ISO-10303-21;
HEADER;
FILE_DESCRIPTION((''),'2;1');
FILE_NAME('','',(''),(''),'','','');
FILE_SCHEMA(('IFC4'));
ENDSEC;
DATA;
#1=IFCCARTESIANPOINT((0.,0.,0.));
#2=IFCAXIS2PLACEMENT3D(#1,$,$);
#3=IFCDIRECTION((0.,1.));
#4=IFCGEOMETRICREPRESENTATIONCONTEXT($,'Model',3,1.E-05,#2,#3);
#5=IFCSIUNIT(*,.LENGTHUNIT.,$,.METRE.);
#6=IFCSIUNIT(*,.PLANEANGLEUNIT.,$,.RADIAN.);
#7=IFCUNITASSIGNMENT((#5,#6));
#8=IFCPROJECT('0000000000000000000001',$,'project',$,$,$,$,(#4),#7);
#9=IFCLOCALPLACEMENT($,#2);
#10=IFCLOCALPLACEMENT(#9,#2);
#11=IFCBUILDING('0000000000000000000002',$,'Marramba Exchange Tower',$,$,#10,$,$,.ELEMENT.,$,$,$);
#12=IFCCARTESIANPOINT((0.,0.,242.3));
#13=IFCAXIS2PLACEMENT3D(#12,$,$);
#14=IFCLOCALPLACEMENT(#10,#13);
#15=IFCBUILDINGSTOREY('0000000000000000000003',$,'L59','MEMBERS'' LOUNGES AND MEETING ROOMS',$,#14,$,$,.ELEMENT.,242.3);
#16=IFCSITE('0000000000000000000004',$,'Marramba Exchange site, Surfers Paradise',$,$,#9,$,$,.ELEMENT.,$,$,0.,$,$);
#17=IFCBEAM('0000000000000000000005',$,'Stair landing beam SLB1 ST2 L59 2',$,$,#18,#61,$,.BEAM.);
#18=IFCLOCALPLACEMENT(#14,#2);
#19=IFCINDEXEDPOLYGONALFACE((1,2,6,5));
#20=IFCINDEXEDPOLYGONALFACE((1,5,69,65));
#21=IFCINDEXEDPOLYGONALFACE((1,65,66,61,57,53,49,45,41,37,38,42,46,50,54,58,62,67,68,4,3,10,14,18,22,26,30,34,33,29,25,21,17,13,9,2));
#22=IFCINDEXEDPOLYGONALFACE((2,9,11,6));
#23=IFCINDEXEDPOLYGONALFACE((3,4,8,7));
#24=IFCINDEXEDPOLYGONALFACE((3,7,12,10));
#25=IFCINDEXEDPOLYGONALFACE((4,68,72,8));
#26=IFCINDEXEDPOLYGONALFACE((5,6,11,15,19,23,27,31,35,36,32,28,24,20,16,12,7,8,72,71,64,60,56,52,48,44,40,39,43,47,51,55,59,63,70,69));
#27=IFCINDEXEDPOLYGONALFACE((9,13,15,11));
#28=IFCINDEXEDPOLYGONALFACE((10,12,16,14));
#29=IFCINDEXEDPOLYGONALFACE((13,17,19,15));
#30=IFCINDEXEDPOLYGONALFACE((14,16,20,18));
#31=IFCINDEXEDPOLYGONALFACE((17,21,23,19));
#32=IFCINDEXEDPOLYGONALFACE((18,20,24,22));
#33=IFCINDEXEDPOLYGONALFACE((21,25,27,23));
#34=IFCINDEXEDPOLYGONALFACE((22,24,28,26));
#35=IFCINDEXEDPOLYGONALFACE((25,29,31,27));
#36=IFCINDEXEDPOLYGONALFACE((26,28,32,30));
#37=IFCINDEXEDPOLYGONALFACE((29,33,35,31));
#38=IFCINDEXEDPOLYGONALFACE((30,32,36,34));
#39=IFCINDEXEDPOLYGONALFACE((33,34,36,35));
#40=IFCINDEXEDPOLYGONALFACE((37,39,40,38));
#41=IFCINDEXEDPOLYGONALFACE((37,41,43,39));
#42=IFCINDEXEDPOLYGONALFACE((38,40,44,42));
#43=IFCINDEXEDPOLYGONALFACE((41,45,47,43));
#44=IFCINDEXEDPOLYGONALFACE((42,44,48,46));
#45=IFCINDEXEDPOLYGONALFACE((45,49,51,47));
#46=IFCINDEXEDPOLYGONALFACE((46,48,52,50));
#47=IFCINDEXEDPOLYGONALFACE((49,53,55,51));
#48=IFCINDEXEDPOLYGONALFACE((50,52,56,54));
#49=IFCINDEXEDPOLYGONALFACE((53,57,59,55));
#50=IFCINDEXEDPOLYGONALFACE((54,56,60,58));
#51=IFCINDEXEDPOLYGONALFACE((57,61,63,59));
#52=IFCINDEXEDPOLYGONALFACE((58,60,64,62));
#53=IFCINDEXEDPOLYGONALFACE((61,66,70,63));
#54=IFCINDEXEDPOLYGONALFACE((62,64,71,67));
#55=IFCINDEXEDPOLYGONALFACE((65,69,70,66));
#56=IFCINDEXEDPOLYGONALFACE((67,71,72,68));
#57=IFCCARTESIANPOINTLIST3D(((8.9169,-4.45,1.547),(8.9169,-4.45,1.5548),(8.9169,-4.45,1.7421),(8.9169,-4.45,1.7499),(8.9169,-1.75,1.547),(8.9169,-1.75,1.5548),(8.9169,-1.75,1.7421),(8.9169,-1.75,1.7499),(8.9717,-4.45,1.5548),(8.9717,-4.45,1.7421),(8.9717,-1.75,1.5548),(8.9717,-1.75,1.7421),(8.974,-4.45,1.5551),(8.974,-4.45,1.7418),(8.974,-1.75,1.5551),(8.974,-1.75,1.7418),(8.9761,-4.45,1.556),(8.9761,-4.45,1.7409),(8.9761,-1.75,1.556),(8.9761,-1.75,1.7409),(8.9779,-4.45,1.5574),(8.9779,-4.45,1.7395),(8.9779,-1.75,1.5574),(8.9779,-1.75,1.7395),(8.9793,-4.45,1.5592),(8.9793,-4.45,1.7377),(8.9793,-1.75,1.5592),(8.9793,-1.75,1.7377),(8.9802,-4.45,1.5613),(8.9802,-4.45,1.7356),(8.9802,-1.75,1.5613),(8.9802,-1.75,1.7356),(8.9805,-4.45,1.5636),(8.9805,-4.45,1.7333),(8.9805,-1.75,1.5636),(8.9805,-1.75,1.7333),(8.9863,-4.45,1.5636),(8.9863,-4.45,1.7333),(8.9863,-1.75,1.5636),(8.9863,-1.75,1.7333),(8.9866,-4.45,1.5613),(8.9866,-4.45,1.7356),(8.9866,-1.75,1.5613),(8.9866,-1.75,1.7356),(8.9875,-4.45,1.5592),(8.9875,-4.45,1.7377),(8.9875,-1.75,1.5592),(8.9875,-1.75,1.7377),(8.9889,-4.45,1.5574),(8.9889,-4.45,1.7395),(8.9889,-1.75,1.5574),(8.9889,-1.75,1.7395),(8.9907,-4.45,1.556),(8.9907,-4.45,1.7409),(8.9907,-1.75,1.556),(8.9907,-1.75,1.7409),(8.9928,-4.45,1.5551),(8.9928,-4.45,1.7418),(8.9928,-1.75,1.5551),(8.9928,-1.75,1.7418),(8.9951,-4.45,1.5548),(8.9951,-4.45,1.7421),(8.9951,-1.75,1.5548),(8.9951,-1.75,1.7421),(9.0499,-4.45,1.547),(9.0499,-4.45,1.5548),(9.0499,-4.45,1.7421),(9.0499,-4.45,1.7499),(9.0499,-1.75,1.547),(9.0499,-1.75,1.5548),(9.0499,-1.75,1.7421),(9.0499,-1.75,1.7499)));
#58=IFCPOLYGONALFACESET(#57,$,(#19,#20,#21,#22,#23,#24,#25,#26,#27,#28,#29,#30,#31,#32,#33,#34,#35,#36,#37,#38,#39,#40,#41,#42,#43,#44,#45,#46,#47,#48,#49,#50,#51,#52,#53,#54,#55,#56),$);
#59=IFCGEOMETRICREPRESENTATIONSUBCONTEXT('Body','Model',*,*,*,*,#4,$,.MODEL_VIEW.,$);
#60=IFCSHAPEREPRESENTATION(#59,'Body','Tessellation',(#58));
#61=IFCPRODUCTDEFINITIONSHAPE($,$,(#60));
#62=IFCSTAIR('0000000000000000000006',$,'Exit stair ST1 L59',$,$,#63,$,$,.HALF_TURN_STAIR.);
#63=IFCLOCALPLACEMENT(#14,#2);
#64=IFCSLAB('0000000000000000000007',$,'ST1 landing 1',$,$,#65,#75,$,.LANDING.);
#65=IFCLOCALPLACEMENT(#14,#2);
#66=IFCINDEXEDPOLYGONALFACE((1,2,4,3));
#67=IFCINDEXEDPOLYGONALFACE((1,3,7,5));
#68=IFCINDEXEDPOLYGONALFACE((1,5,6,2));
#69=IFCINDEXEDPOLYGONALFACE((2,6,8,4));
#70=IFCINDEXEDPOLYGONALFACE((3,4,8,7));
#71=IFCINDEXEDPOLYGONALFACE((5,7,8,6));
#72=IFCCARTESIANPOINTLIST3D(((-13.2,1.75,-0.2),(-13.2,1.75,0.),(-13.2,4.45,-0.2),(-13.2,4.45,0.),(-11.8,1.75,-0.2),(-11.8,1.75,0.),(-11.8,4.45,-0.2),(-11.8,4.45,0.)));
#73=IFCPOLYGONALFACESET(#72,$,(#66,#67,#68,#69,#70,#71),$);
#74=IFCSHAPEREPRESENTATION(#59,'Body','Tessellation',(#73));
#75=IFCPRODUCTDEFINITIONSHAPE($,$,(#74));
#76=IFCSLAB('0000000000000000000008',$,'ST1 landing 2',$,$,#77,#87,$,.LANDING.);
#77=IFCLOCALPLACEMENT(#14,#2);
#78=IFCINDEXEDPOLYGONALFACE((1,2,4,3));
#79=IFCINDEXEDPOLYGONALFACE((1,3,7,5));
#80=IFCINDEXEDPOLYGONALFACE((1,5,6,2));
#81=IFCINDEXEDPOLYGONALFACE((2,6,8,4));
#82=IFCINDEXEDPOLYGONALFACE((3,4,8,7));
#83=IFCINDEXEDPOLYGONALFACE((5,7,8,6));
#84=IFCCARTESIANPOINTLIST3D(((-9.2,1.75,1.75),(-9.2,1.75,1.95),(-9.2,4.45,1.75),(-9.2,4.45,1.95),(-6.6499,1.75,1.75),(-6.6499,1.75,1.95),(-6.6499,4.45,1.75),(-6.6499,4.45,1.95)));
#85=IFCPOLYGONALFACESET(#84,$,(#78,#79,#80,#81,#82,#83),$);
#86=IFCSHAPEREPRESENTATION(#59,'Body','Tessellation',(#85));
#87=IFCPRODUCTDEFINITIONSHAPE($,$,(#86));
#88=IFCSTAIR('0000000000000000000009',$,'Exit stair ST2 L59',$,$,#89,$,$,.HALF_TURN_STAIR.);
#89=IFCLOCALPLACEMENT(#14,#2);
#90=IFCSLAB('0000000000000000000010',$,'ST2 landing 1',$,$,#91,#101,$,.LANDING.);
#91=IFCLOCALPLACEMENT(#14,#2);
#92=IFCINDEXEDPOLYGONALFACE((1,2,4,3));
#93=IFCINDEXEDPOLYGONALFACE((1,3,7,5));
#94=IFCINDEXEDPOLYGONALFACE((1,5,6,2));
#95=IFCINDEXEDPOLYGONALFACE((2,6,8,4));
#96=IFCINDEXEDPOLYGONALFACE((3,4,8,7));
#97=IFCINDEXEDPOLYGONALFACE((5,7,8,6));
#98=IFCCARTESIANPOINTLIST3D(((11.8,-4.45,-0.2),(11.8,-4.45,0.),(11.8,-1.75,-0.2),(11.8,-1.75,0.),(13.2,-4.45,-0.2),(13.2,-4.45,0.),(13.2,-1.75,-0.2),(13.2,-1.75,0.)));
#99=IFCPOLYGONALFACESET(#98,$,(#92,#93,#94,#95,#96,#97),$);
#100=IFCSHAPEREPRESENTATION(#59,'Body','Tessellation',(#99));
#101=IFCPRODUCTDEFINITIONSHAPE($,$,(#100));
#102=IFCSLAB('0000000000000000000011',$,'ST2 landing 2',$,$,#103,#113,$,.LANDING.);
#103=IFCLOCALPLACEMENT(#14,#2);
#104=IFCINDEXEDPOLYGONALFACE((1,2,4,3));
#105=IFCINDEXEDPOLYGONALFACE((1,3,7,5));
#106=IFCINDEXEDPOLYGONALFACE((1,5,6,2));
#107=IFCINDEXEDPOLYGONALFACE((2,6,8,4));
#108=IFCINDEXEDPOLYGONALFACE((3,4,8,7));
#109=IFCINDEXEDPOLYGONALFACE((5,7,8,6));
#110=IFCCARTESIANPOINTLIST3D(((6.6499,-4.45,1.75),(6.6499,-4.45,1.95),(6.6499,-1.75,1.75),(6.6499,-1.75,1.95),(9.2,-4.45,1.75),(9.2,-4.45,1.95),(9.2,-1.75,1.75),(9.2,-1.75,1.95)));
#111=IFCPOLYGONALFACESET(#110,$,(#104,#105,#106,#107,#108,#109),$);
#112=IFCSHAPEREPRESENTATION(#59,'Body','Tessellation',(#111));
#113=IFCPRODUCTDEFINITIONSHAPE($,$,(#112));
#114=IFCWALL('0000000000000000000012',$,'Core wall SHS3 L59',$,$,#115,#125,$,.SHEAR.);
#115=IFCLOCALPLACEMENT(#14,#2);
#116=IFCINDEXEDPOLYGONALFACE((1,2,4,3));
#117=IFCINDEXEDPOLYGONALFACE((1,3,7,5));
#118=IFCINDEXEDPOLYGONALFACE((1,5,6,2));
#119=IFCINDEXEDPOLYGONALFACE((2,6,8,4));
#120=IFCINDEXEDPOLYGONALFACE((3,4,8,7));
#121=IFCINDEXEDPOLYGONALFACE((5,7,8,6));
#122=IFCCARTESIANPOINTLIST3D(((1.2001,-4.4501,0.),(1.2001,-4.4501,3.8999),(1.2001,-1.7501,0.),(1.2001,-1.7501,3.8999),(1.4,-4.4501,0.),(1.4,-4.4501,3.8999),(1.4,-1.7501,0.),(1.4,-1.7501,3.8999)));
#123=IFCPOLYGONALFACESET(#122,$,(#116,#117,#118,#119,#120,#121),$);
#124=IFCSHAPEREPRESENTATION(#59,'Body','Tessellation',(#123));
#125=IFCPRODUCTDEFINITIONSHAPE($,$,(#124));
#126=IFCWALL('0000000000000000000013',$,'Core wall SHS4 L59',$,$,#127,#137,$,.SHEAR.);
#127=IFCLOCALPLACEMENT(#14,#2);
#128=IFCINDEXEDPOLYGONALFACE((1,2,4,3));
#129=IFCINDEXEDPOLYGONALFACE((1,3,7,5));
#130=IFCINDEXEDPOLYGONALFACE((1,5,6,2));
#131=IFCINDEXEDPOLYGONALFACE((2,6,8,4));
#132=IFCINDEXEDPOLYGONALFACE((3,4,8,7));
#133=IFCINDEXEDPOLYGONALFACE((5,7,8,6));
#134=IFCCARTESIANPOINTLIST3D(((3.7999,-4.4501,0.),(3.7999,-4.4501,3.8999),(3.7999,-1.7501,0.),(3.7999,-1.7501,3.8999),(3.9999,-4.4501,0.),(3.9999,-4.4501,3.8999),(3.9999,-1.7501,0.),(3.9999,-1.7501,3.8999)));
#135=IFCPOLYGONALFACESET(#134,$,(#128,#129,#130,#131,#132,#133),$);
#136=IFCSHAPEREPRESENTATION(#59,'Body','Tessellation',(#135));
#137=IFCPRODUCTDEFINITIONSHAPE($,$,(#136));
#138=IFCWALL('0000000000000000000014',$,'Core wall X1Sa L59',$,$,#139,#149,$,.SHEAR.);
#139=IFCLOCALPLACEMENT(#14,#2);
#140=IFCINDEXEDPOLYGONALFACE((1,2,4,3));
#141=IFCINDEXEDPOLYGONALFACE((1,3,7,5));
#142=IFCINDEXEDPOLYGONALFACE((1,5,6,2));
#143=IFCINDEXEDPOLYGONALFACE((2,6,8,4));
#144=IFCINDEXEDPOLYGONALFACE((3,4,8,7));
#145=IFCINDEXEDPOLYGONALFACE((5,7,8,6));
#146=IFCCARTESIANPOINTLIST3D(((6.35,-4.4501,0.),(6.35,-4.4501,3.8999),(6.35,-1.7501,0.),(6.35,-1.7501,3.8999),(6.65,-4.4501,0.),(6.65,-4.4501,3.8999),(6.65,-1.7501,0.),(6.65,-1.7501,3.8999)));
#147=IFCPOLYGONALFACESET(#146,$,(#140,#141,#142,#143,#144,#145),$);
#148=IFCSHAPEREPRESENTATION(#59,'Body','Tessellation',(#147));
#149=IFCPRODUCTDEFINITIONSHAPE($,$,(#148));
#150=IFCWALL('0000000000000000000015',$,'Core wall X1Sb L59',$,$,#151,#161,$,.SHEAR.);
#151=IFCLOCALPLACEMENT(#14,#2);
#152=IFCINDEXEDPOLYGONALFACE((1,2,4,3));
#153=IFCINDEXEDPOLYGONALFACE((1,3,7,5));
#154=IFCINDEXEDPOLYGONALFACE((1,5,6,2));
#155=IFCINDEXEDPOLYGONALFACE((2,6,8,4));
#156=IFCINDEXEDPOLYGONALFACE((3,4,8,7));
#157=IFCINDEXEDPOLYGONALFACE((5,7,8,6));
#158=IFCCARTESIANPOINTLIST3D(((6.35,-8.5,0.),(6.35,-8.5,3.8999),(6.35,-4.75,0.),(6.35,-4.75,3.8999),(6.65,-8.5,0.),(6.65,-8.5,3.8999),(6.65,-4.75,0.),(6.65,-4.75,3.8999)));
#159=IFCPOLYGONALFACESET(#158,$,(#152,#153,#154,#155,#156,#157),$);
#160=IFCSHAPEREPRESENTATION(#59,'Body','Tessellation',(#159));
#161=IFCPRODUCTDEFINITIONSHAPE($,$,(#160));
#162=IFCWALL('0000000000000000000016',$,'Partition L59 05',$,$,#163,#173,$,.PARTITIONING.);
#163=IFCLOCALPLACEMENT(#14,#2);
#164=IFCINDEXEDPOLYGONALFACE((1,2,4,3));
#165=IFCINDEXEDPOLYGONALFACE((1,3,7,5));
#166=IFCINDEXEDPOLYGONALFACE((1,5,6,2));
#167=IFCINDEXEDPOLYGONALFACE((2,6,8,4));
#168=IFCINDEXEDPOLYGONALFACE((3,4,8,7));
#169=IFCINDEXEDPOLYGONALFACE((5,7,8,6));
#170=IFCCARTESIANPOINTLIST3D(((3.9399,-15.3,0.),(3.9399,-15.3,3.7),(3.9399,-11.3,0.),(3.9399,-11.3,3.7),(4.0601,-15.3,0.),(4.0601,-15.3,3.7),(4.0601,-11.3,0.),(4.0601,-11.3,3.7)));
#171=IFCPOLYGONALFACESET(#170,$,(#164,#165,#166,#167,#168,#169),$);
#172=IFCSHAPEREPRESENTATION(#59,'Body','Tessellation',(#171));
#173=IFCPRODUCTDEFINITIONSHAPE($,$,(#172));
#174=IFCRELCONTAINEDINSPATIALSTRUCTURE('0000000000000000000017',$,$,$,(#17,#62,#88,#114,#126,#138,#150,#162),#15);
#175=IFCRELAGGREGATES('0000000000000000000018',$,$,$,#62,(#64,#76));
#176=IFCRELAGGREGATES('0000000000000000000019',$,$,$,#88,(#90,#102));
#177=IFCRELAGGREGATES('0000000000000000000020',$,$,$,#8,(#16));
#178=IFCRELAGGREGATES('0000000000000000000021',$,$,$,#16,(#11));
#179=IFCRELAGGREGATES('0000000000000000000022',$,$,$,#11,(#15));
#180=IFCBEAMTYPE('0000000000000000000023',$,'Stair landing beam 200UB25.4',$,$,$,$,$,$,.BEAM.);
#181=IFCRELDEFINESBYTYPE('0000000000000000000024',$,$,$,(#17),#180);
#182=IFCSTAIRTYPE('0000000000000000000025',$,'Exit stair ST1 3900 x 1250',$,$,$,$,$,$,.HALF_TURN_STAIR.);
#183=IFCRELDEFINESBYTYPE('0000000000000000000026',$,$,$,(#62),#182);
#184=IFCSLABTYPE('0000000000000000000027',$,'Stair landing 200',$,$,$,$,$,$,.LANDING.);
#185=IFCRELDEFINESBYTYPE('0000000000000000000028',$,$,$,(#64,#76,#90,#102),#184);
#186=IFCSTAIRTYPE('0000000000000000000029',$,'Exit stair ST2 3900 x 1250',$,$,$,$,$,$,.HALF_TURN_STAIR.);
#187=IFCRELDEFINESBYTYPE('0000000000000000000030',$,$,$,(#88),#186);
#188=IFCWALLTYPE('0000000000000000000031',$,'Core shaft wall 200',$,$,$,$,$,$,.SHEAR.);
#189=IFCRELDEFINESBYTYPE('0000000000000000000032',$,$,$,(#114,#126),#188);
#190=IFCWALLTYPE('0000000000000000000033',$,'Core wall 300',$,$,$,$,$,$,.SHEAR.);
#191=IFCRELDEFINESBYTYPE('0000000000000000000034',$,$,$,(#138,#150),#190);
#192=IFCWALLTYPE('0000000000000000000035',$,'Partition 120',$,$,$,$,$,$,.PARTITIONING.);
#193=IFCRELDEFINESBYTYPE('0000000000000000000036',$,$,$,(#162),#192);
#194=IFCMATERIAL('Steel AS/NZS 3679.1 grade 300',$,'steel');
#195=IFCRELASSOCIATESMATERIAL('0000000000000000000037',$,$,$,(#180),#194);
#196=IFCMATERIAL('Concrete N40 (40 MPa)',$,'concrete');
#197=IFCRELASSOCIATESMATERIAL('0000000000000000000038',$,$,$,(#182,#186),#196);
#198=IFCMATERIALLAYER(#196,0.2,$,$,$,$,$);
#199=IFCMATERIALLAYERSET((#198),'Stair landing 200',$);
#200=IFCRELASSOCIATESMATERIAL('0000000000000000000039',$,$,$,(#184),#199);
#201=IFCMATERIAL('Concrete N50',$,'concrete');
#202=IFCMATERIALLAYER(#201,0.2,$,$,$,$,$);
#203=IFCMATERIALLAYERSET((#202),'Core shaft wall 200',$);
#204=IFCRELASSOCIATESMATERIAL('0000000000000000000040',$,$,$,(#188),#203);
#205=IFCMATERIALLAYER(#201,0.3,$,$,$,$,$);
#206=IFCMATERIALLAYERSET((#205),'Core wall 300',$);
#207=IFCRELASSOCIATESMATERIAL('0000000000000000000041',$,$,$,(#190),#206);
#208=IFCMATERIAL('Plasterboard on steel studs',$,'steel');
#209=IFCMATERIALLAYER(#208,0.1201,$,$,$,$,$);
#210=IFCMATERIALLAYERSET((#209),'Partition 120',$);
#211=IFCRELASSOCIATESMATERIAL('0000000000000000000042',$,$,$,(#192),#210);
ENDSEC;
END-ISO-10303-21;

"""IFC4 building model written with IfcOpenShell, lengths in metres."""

from ifc_helpers import new_model, si_unit, direction, frame, frame_2d, origin, origin_2d, place, context, subcontext, project, spatial, polyline, rectangle, i_section, outline, extrude, material, layer, layer_set, material_profile, profile_set, type_object, element, aggregate, save


model = new_model("IFC4")

# Units and contexts
model_context = context("Model", 3, precision=1e-05, world=origin(), true_north=direction((0.0, 1.0)))
body_context = subcontext(model_context, "Body", "Model", "MODEL_VIEW")
ifc_project = project(units=[si_unit("LENGTHUNIT", "METRE"), si_unit("PLANEANGLEUNIT", "RADIAN")], contexts=[model_context])

# Site, building, storey
site_placement = place(None, origin())
site = spatial("IfcSite", under=ifc_project, at=site_placement, Name="Marramba Exchange site, Surfers Paradise", CompositionType="ELEMENT", RefElevation=0.0)
building_placement = place(site_placement, origin())
building = spatial("IfcBuilding", under=site, at=building_placement, Name="Marramba Exchange Tower", CompositionType="ELEMENT")
storey_placement = place(building_placement, frame((0.0, 0.0, 242.3)))
storey = spatial("IfcBuildingStorey", under=building, at=storey_placement, Name="L59", Description="MEMBERS' LOUNGES AND MEETING ROOMS", CompositionType="ELEMENT", Elevation=242.3)

# Beam
ifc_material_1 = material(Name="Steel AS/NZS 3679.1 grade 300", Category="steel")
ifc_material_profile_1 = material_profile(ifc_material_1, i_section(OverallWidth=0.1331, OverallDepth=0.2029, WebThickness=0.0059, FlangeThickness=0.0078, FilletRadius=0.0088, at=origin_2d()), Name="200UB25.4")
ifc_profile_set_1 = profile_set([ifc_material_profile_1], Name="Steel AS/NZS 3679.1 grade 300")
beam_type_1 = type_object("IfcBeamType", Name="Stair landing beam 200UB25.4", PredefinedType="BEAM", material=ifc_profile_set_1)
for number, where, z_axis, x_axis, name in (
    (1, (8.9834, -4.45, 1.6484), (0.0, 1.0, 0.0), (-1.0, 0.0, 0.0), "Stair landing beam SLB1 ST2 L59 2"),
):
    element("IfcBeam", number, at=place(storey_placement, frame(where, z_axis=z_axis, x_axis=x_axis)), inside=storey, type_object=beam_type_1, Name=name, PredefinedType="BEAM", context=body_context, shape_type="SweptSolid", body=[
        extrude(i_section(OverallWidth=0.1331, OverallDepth=0.2029, WebThickness=0.0059, FlangeThickness=0.0078, FilletRadius=0.0088, at=origin_2d()), origin(), (0.0, 0.0, 1.0), 2.7),
    ])

# Stairs, slabs
ifc_material_2 = material(Name="Concrete N40 (40 MPa)", Category="concrete")
stair_type_1 = type_object("IfcStairType", Name="Exit stair ST1 3900 x 1250", PredefinedType="HALF_TURN_STAIR", material=ifc_material_2)
stair_1_placement = place(storey_placement, origin())
stair_1 = element("IfcStair", 2, at=stair_1_placement, inside=storey, type_object=stair_type_1, Name="Exit stair ST1 L59", PredefinedType="HALF_TURN_STAIR")
ifc_layer_1 = layer(ifc_material_2, 0.2)
ifc_layer_set_1 = layer_set([ifc_layer_1], Name="Stair landing 200")
slab_type = type_object("IfcSlabType", Name="Stair landing 200", PredefinedType="LANDING", material=ifc_layer_set_1)
slab_1_placement = place(storey_placement, frame((0.0, 0.0, -0.2)))
slab_1 = element("IfcSlab", 3, at=slab_1_placement, type_object=slab_type, Name="ST1 landing 1", PredefinedType="LANDING", context=body_context, shape_type="SweptSolid", body=[
    extrude(outline(polyline([(-13.2, 1.75), (-11.8, 1.75), (-11.8, 4.45), (-13.2, 4.45), (-13.2, 1.75)])), origin(), (0.0, 0.0, 1.0), 0.2),
])
slab_2_placement = place(storey_placement, frame((0.0, 0.0, 1.75)))
slab_2 = element("IfcSlab", 4, at=slab_2_placement, type_object=slab_type, Name="ST1 landing 2", PredefinedType="LANDING", context=body_context, shape_type="SweptSolid", body=[
    extrude(outline(polyline([(-9.2, 1.75), (-6.6499, 1.75), (-6.6499, 4.45), (-9.2, 4.45), (-9.2, 1.75)])), origin(), (0.0, 0.0, 1.0), 0.2),
])
aggregate(stair_1, [slab_1, slab_2])
stair_type_2 = type_object("IfcStairType", Name="Exit stair ST2 3900 x 1250", PredefinedType="HALF_TURN_STAIR", material=ifc_material_2)
stair_2_placement = place(storey_placement, origin())
stair_2 = element("IfcStair", 5, at=stair_2_placement, inside=storey, type_object=stair_type_2, Name="Exit stair ST2 L59", PredefinedType="HALF_TURN_STAIR")
slab_3_placement = place(storey_placement, frame((0.0, 0.0, -0.2)))
slab_3 = element("IfcSlab", 6, at=slab_3_placement, type_object=slab_type, Name="ST2 landing 1", PredefinedType="LANDING", context=body_context, shape_type="SweptSolid", body=[
    extrude(outline(polyline([(11.8, -4.45), (13.2, -4.45), (13.2, -1.75), (11.8, -1.75), (11.8, -4.45)])), origin(), (0.0, 0.0, 1.0), 0.2),
])
slab_4_placement = place(storey_placement, frame((0.0, 0.0, 1.75)))
slab_4 = element("IfcSlab", 7, at=slab_4_placement, type_object=slab_type, Name="ST2 landing 2", PredefinedType="LANDING", context=body_context, shape_type="SweptSolid", body=[
    extrude(outline(polyline([(6.6499, -4.45), (9.2, -4.45), (9.2, -1.75), (6.6499, -1.75), (6.6499, -4.45)])), origin(), (0.0, 0.0, 1.0), 0.2),
])

# Walls
ifc_material_3 = material(Name="Concrete N50", Category="concrete")
ifc_layer_2 = layer(ifc_material_3, 0.2)
ifc_layer_set_2 = layer_set([ifc_layer_2], Name="Core shaft wall 200")
wall_type_1 = type_object("IfcWallType", Name="Core shaft wall 200", PredefinedType="SHEAR", material=ifc_layer_set_2)
for number, where, z_axis, x_axis, name in (
    (8, (1.3, -1.75, 0.0), (0.0, 0.0, 1.0), (0.0, -1.0, 0.0), "Core wall SHS3 L59"),
    (9, (3.8999, -1.75, 0.0), (0.0, 0.0, 1.0), (0.0, -1.0, 0.0), "Core wall SHS4 L59"),
):
    element("IfcWall", number, at=place(storey_placement, frame(where, z_axis=z_axis, x_axis=x_axis)), inside=storey, type_object=wall_type_1, Name=name, PredefinedType="SHEAR", context=body_context, shape_type="SweptSolid", body=[
        extrude(rectangle(XDim=2.7, YDim=0.2, at=frame_2d((1.3501, 0.0))), origin(), (0.0, 0.0, 1.0), 3.8999),
    ])
ifc_layer_3 = layer(ifc_material_3, 0.3)
ifc_layer_set_3 = layer_set([ifc_layer_3], Name="Core wall 300")
wall_type_2 = type_object("IfcWallType", Name="Core wall 300", PredefinedType="SHEAR", material=ifc_layer_set_3)
wall_1_placement = place(storey_placement, frame((6.5, -1.75, 0.0), z_axis=(0.0, 0.0, 1.0), x_axis=(0.0, -1.0, 0.0)))
element("IfcWall", 10, at=wall_1_placement, inside=storey, type_object=wall_type_2, Name="Core wall X1Sa L59", PredefinedType="SHEAR", context=body_context, shape_type="SweptSolid", body=[
    extrude(rectangle(XDim=2.7, YDim=0.3, at=frame_2d((1.3501, 0.0))), origin(), (0.0, 0.0, 1.0), 3.8999),
])
wall_2_placement = place(storey_placement, frame((6.5, -4.75, 0.0), z_axis=(0.0, 0.0, 1.0), x_axis=(0.0, -1.0, 0.0)))
element("IfcWall", 11, at=wall_2_placement, inside=storey, type_object=wall_type_2, Name="Core wall X1Sb L59", PredefinedType="SHEAR", context=body_context, shape_type="SweptSolid", body=[
    extrude(rectangle(XDim=3.75, YDim=0.3, at=frame_2d((1.875, 0.0))), origin(), (0.0, 0.0, 1.0), 3.8999),
])
ifc_material_4 = material(Name="Plasterboard on steel studs", Category="steel")
ifc_layer_4 = layer(ifc_material_4, 0.1201)
ifc_layer_set_4 = layer_set([ifc_layer_4], Name="Partition 120")
wall_type_3 = type_object("IfcWallType", Name="Partition 120", PredefinedType="PARTITIONING", material=ifc_layer_set_4)
wall_3_placement = place(storey_placement, frame((4.0, -11.3, 0.0), z_axis=(0.0, 0.0, 1.0), x_axis=(0.0, -1.0, 0.0)))
element("IfcWall", 12, at=wall_3_placement, inside=storey, type_object=wall_type_3, Name="Partition L59 05", PredefinedType="PARTITIONING", context=body_context, shape_type="SweptSolid", body=[
    extrude(rectangle(XDim=4.0, YDim=0.1201, at=frame_2d((2.0, 0.0))), origin(), (0.0, 0.0, 1.0), 3.7),
])

aggregate(stair_2, [slab_3, slab_4])

save(model, "model.ifc")
